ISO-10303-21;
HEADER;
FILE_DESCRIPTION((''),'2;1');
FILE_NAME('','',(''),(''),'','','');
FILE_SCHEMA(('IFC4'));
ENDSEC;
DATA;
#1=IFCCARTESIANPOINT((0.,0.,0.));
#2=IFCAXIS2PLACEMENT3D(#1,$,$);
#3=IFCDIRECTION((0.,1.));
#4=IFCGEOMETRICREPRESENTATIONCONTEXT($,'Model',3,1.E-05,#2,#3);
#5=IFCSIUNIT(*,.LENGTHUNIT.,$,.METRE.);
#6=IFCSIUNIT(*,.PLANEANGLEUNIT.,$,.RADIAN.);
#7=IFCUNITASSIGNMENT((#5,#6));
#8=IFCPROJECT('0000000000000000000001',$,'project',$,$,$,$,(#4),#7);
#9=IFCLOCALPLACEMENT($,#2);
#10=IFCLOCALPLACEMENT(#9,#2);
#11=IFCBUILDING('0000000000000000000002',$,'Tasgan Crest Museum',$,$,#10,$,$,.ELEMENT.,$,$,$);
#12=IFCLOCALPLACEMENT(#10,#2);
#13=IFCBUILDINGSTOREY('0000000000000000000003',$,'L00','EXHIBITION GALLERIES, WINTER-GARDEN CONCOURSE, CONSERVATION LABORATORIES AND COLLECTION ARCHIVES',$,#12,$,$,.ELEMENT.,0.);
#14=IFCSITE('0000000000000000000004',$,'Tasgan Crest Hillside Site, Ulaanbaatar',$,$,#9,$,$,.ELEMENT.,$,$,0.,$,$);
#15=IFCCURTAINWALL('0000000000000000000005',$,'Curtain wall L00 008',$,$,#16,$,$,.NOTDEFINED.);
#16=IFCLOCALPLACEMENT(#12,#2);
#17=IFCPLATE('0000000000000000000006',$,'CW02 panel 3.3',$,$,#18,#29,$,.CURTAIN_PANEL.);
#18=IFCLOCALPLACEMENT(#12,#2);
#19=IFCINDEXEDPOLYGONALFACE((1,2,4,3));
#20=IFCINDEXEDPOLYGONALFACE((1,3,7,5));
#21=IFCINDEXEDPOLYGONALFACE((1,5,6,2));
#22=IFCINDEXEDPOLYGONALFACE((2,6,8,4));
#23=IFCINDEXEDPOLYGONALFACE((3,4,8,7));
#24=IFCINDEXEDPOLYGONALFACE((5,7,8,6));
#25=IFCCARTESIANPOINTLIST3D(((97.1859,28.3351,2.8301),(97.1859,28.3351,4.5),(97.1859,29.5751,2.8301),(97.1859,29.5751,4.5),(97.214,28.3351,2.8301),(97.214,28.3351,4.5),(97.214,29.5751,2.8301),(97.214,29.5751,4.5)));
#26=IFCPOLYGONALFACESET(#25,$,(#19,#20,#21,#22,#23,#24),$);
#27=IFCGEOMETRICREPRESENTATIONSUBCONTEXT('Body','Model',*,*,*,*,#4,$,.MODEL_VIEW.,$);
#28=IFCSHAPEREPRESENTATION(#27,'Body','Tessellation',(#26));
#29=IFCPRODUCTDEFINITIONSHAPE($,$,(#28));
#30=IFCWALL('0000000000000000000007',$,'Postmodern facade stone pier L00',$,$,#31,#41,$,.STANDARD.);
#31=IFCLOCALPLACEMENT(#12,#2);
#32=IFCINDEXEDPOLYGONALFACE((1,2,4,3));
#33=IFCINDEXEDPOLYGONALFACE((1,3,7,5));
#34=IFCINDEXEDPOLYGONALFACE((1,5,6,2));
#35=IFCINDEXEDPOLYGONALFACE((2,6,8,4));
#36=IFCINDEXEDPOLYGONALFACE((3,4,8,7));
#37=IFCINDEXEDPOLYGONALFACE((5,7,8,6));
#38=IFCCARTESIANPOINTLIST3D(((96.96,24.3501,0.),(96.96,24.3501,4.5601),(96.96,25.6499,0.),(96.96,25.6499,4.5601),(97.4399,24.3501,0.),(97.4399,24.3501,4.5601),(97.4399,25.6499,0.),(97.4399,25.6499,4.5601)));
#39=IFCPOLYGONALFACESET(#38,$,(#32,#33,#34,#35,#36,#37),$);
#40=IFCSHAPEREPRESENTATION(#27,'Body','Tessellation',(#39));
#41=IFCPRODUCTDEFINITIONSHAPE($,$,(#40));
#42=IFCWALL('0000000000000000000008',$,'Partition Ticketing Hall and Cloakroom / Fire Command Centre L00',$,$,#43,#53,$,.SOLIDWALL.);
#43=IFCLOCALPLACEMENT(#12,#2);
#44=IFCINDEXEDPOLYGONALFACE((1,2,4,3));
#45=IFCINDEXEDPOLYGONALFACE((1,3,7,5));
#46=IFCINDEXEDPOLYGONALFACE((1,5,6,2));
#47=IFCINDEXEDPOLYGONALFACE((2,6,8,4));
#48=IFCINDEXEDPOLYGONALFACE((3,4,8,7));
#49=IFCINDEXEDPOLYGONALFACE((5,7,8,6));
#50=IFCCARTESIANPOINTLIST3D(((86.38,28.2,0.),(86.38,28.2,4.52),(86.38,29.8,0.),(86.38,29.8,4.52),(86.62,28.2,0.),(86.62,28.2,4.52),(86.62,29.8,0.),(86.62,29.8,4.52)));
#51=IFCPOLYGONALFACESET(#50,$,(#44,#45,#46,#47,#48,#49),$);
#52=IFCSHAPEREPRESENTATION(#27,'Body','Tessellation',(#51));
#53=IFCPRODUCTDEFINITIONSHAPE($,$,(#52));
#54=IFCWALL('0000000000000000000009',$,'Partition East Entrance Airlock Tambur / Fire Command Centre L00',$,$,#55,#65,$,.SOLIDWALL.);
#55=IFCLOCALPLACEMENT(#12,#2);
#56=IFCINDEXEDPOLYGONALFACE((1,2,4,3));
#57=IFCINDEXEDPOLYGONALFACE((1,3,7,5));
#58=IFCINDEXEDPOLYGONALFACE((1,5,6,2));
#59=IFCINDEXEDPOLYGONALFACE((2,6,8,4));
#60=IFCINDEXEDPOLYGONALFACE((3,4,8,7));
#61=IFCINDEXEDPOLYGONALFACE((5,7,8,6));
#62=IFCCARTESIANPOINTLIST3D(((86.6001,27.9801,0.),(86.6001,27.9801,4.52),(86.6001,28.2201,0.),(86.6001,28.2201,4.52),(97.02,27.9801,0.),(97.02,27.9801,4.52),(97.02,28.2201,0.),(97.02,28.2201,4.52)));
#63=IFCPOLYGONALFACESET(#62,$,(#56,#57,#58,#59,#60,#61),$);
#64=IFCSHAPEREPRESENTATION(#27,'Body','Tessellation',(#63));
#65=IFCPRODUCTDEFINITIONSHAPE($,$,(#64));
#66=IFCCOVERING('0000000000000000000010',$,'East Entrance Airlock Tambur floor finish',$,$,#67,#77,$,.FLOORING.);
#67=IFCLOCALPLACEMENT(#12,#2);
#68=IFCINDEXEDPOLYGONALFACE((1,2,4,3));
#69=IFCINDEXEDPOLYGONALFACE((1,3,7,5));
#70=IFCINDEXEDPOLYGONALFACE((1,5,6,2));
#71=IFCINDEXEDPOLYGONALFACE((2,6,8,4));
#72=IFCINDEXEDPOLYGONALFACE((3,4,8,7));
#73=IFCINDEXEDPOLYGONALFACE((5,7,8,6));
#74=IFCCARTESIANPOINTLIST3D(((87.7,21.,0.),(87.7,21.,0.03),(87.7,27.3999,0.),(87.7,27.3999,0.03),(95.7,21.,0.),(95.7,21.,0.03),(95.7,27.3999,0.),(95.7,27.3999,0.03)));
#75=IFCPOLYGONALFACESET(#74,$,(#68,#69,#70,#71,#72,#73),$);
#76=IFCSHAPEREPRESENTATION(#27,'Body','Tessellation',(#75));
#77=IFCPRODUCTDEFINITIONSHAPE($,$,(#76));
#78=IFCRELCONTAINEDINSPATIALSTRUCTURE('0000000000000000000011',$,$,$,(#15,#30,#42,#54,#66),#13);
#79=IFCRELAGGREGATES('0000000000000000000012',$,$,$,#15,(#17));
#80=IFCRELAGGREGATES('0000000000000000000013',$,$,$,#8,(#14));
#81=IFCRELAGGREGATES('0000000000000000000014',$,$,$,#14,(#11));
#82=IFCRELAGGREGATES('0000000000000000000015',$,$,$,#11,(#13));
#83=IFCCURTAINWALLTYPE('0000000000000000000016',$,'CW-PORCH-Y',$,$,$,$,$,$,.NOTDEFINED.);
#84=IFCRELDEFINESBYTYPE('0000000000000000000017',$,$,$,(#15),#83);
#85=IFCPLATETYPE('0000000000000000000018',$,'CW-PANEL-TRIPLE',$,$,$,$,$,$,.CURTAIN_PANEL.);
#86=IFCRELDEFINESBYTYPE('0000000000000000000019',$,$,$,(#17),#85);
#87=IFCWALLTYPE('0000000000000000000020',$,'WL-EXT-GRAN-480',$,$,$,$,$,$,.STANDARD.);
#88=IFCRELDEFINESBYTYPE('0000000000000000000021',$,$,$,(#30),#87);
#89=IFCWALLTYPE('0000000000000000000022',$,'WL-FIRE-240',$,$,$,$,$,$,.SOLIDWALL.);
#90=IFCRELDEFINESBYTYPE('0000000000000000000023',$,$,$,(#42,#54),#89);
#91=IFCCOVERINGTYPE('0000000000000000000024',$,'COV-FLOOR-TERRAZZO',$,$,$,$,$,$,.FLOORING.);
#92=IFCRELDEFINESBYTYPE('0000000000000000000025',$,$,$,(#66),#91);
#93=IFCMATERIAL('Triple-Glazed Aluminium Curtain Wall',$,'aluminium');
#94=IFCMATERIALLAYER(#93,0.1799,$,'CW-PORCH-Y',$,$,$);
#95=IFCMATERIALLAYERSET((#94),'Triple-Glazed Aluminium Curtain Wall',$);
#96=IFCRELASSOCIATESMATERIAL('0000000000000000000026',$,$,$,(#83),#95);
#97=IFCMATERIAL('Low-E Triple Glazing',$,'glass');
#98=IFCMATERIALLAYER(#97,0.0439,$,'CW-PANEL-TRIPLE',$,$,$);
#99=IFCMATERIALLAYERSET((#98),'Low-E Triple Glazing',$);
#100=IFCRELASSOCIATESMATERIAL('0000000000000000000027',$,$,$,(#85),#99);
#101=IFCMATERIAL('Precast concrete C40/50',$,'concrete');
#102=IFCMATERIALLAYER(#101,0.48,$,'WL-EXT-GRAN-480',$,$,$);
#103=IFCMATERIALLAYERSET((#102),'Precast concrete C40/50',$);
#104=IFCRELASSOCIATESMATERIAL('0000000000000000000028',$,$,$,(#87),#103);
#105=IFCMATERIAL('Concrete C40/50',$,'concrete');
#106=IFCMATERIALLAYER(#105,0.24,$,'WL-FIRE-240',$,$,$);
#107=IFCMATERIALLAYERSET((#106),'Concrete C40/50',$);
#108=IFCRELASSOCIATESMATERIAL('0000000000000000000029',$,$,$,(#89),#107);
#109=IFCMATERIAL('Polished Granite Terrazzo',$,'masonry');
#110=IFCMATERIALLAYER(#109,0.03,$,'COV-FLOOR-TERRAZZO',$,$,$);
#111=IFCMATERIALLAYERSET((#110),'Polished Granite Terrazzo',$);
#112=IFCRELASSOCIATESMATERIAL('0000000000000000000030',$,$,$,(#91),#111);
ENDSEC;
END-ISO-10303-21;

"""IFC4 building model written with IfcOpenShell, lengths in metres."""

from ifc_helpers import new_model, si_unit, direction, frame, frame_2d, origin, origin_2d, place, context, subcontext, project, spatial, rectangle, extrude, material, layer, layer_set, type_object, element, aggregate, save


model = new_model("IFC4")

# Units and contexts
model_context = context("Model", 3, precision=1e-05, world=origin(), true_north=direction((0.0, 1.0)))
body_context = subcontext(model_context, "Body", "Model", "MODEL_VIEW")
ifc_project = project(units=[si_unit("LENGTHUNIT", "METRE"), si_unit("PLANEANGLEUNIT", "RADIAN")], contexts=[model_context])

# Site, building, storey
site_placement = place(None, origin())
site = spatial("IfcSite", under=ifc_project, at=site_placement, Name="Tasgan Crest Hillside Site, Ulaanbaatar", CompositionType="ELEMENT", RefElevation=0.0)
building_placement = place(site_placement, origin())
building = spatial("IfcBuilding", under=site, at=building_placement, Name="Tasgan Crest Museum", CompositionType="ELEMENT")
storey_placement = place(building_placement, origin())
storey = spatial("IfcBuildingStorey", under=building, at=storey_placement, Name="L00", Description="EXHIBITION GALLERIES, WINTER-GARDEN CONCOURSE, CONSERVATION LABORATORIES AND COLLECTION ARCHIVES", CompositionType="ELEMENT", Elevation=0.0)

# Shared definitions
ifc_material_1 = material(Name="Triple-Glazed Aluminium Curtain Wall", Category="aluminium")
ifc_layer_1 = layer(ifc_material_1, 0.1799, Name="CW-PORCH-Y")
ifc_layer_set_1 = layer_set([ifc_layer_1], Name="Triple-Glazed Aluminium Curtain Wall")
curtain_wall_type = type_object("IfcCurtainWallType", Name="CW-PORCH-Y", PredefinedType="NOTDEFINED", material=ifc_layer_set_1)

# Curtain wall
curtain_wall_1_placement = place(storey_placement, origin())
curtain_wall_1 = element("IfcCurtainWall", 1, at=curtain_wall_1_placement, inside=storey, type_object=curtain_wall_type, Name="Curtain wall L00 008", PredefinedType="NOTDEFINED")

# Plate
ifc_material_2 = material(Name="Low-E Triple Glazing", Category="glass")
ifc_layer_2 = layer(ifc_material_2, 0.0439, Name="CW-PANEL-TRIPLE")
ifc_layer_set_2 = layer_set([ifc_layer_2], Name="Low-E Triple Glazing")
plate_type_1 = type_object("IfcPlateType", Name="CW-PANEL-TRIPLE", PredefinedType="CURTAIN_PANEL", material=ifc_layer_set_2)
plate_1_placement = place(storey_placement, frame((97.2, 28.9551, 2.8301), z_axis=(0.0, 0.0, 1.0), x_axis=(0.0, 1.0, 0.0)))
plate_1 = element("IfcPlate", 2, at=plate_1_placement, type_object=plate_type_1, Name="CW02 panel 3.3", PredefinedType="CURTAIN_PANEL", context=body_context, shape_type="SweptSolid", body=[
    extrude(rectangle(XDim=1.24, YDim=0.0281, at=origin_2d()), origin(), (0.0, 0.0, 1.0), 1.6699),
])
aggregate(curtain_wall_1, [plate_1])

# Walls
ifc_material_3 = material(Name="Precast concrete C40/50", Category="concrete")
ifc_layer_3 = layer(ifc_material_3, 0.48, Name="WL-EXT-GRAN-480")
ifc_layer_set_3 = layer_set([ifc_layer_3], Name="Precast concrete C40/50")
wall_type_1 = type_object("IfcWallType", Name="WL-EXT-GRAN-480", PredefinedType="STANDARD", material=ifc_layer_set_3)
wall_1_placement = place(storey_placement, frame((97.2, 24.3501, 0.0), z_axis=(0.0, 0.0, 1.0), x_axis=(0.0, 1.0, 0.0)))
element("IfcWall", 3, at=wall_1_placement, inside=storey, type_object=wall_type_1, Name="Postmodern facade stone pier L00", PredefinedType="STANDARD", context=body_context, shape_type="SweptSolid", body=[
    extrude(rectangle(XDim=1.2998, YDim=0.48, at=frame_2d((0.6499, 0.0))), origin(), (0.0, 0.0, 1.0), 4.5601),
])
ifc_material_4 = material(Name="Concrete C40/50", Category="concrete")
ifc_layer_4 = layer(ifc_material_4, 0.24, Name="WL-FIRE-240")
ifc_layer_set_4 = layer_set([ifc_layer_4], Name="Concrete C40/50")
wall_type_2 = type_object("IfcWallType", Name="WL-FIRE-240", PredefinedType="SOLIDWALL", material=ifc_layer_set_4)
wall_2_placement = place(storey_placement, frame((86.5, 28.2, 0.0), z_axis=(0.0, 0.0, 1.0), x_axis=(0.0, 1.0, 0.0)))
element("IfcWall", 4, at=wall_2_placement, inside=storey, type_object=wall_type_2, Name="Partition Ticketing Hall and Cloakroom / Fire Command Centre L00", PredefinedType="SOLIDWALL", context=body_context, shape_type="SweptSolid", body=[
    extrude(rectangle(XDim=1.6001, YDim=0.24, at=frame_2d((0.8, 0.0))), origin(), (0.0, 0.0, 1.0), 4.52),
])
wall_3_placement = place(storey_placement, frame((86.6001, 28.1001, 0.0), z_axis=(0.0, 0.0, 1.0), x_axis=(1.0, 0.0, 0.0)))
element("IfcWall", 5, at=wall_3_placement, inside=storey, type_object=wall_type_2, Name="Partition East Entrance Airlock Tambur / Fire Command Centre L00", PredefinedType="SOLIDWALL", context=body_context, shape_type="SweptSolid", body=[
    extrude(rectangle(XDim=10.4199, YDim=0.24, at=frame_2d((5.21, 0.0))), origin(), (0.0, 0.0, 1.0), 4.52),
])

# Covering
ifc_material_5 = material(Name="Polished Granite Terrazzo", Category="masonry")
ifc_layer_5 = layer(ifc_material_5, 0.03, Name="COV-FLOOR-TERRAZZO")
ifc_layer_set_5 = layer_set([ifc_layer_5], Name="Polished Granite Terrazzo")
covering_type = type_object("IfcCoveringType", Name="COV-FLOOR-TERRAZZO", PredefinedType="FLOORING", material=ifc_layer_set_5)
covering_placement = place(storey_placement, frame((91.7, 24.2, 0.0), z_axis=(0.0, 0.0, 1.0), x_axis=(1.0, 0.0, 0.0)))
element("IfcCovering", 6, at=covering_placement, inside=storey, type_object=covering_type, Name="East Entrance Airlock Tambur floor finish", PredefinedType="FLOORING", context=body_context, shape_type="SweptSolid", body=[
    extrude(rectangle(XDim=8.0, YDim=6.3999, at=origin_2d()), origin(), (0.0, 0.0, 1.0), 0.03),
])

save(model, "model.ifc")
